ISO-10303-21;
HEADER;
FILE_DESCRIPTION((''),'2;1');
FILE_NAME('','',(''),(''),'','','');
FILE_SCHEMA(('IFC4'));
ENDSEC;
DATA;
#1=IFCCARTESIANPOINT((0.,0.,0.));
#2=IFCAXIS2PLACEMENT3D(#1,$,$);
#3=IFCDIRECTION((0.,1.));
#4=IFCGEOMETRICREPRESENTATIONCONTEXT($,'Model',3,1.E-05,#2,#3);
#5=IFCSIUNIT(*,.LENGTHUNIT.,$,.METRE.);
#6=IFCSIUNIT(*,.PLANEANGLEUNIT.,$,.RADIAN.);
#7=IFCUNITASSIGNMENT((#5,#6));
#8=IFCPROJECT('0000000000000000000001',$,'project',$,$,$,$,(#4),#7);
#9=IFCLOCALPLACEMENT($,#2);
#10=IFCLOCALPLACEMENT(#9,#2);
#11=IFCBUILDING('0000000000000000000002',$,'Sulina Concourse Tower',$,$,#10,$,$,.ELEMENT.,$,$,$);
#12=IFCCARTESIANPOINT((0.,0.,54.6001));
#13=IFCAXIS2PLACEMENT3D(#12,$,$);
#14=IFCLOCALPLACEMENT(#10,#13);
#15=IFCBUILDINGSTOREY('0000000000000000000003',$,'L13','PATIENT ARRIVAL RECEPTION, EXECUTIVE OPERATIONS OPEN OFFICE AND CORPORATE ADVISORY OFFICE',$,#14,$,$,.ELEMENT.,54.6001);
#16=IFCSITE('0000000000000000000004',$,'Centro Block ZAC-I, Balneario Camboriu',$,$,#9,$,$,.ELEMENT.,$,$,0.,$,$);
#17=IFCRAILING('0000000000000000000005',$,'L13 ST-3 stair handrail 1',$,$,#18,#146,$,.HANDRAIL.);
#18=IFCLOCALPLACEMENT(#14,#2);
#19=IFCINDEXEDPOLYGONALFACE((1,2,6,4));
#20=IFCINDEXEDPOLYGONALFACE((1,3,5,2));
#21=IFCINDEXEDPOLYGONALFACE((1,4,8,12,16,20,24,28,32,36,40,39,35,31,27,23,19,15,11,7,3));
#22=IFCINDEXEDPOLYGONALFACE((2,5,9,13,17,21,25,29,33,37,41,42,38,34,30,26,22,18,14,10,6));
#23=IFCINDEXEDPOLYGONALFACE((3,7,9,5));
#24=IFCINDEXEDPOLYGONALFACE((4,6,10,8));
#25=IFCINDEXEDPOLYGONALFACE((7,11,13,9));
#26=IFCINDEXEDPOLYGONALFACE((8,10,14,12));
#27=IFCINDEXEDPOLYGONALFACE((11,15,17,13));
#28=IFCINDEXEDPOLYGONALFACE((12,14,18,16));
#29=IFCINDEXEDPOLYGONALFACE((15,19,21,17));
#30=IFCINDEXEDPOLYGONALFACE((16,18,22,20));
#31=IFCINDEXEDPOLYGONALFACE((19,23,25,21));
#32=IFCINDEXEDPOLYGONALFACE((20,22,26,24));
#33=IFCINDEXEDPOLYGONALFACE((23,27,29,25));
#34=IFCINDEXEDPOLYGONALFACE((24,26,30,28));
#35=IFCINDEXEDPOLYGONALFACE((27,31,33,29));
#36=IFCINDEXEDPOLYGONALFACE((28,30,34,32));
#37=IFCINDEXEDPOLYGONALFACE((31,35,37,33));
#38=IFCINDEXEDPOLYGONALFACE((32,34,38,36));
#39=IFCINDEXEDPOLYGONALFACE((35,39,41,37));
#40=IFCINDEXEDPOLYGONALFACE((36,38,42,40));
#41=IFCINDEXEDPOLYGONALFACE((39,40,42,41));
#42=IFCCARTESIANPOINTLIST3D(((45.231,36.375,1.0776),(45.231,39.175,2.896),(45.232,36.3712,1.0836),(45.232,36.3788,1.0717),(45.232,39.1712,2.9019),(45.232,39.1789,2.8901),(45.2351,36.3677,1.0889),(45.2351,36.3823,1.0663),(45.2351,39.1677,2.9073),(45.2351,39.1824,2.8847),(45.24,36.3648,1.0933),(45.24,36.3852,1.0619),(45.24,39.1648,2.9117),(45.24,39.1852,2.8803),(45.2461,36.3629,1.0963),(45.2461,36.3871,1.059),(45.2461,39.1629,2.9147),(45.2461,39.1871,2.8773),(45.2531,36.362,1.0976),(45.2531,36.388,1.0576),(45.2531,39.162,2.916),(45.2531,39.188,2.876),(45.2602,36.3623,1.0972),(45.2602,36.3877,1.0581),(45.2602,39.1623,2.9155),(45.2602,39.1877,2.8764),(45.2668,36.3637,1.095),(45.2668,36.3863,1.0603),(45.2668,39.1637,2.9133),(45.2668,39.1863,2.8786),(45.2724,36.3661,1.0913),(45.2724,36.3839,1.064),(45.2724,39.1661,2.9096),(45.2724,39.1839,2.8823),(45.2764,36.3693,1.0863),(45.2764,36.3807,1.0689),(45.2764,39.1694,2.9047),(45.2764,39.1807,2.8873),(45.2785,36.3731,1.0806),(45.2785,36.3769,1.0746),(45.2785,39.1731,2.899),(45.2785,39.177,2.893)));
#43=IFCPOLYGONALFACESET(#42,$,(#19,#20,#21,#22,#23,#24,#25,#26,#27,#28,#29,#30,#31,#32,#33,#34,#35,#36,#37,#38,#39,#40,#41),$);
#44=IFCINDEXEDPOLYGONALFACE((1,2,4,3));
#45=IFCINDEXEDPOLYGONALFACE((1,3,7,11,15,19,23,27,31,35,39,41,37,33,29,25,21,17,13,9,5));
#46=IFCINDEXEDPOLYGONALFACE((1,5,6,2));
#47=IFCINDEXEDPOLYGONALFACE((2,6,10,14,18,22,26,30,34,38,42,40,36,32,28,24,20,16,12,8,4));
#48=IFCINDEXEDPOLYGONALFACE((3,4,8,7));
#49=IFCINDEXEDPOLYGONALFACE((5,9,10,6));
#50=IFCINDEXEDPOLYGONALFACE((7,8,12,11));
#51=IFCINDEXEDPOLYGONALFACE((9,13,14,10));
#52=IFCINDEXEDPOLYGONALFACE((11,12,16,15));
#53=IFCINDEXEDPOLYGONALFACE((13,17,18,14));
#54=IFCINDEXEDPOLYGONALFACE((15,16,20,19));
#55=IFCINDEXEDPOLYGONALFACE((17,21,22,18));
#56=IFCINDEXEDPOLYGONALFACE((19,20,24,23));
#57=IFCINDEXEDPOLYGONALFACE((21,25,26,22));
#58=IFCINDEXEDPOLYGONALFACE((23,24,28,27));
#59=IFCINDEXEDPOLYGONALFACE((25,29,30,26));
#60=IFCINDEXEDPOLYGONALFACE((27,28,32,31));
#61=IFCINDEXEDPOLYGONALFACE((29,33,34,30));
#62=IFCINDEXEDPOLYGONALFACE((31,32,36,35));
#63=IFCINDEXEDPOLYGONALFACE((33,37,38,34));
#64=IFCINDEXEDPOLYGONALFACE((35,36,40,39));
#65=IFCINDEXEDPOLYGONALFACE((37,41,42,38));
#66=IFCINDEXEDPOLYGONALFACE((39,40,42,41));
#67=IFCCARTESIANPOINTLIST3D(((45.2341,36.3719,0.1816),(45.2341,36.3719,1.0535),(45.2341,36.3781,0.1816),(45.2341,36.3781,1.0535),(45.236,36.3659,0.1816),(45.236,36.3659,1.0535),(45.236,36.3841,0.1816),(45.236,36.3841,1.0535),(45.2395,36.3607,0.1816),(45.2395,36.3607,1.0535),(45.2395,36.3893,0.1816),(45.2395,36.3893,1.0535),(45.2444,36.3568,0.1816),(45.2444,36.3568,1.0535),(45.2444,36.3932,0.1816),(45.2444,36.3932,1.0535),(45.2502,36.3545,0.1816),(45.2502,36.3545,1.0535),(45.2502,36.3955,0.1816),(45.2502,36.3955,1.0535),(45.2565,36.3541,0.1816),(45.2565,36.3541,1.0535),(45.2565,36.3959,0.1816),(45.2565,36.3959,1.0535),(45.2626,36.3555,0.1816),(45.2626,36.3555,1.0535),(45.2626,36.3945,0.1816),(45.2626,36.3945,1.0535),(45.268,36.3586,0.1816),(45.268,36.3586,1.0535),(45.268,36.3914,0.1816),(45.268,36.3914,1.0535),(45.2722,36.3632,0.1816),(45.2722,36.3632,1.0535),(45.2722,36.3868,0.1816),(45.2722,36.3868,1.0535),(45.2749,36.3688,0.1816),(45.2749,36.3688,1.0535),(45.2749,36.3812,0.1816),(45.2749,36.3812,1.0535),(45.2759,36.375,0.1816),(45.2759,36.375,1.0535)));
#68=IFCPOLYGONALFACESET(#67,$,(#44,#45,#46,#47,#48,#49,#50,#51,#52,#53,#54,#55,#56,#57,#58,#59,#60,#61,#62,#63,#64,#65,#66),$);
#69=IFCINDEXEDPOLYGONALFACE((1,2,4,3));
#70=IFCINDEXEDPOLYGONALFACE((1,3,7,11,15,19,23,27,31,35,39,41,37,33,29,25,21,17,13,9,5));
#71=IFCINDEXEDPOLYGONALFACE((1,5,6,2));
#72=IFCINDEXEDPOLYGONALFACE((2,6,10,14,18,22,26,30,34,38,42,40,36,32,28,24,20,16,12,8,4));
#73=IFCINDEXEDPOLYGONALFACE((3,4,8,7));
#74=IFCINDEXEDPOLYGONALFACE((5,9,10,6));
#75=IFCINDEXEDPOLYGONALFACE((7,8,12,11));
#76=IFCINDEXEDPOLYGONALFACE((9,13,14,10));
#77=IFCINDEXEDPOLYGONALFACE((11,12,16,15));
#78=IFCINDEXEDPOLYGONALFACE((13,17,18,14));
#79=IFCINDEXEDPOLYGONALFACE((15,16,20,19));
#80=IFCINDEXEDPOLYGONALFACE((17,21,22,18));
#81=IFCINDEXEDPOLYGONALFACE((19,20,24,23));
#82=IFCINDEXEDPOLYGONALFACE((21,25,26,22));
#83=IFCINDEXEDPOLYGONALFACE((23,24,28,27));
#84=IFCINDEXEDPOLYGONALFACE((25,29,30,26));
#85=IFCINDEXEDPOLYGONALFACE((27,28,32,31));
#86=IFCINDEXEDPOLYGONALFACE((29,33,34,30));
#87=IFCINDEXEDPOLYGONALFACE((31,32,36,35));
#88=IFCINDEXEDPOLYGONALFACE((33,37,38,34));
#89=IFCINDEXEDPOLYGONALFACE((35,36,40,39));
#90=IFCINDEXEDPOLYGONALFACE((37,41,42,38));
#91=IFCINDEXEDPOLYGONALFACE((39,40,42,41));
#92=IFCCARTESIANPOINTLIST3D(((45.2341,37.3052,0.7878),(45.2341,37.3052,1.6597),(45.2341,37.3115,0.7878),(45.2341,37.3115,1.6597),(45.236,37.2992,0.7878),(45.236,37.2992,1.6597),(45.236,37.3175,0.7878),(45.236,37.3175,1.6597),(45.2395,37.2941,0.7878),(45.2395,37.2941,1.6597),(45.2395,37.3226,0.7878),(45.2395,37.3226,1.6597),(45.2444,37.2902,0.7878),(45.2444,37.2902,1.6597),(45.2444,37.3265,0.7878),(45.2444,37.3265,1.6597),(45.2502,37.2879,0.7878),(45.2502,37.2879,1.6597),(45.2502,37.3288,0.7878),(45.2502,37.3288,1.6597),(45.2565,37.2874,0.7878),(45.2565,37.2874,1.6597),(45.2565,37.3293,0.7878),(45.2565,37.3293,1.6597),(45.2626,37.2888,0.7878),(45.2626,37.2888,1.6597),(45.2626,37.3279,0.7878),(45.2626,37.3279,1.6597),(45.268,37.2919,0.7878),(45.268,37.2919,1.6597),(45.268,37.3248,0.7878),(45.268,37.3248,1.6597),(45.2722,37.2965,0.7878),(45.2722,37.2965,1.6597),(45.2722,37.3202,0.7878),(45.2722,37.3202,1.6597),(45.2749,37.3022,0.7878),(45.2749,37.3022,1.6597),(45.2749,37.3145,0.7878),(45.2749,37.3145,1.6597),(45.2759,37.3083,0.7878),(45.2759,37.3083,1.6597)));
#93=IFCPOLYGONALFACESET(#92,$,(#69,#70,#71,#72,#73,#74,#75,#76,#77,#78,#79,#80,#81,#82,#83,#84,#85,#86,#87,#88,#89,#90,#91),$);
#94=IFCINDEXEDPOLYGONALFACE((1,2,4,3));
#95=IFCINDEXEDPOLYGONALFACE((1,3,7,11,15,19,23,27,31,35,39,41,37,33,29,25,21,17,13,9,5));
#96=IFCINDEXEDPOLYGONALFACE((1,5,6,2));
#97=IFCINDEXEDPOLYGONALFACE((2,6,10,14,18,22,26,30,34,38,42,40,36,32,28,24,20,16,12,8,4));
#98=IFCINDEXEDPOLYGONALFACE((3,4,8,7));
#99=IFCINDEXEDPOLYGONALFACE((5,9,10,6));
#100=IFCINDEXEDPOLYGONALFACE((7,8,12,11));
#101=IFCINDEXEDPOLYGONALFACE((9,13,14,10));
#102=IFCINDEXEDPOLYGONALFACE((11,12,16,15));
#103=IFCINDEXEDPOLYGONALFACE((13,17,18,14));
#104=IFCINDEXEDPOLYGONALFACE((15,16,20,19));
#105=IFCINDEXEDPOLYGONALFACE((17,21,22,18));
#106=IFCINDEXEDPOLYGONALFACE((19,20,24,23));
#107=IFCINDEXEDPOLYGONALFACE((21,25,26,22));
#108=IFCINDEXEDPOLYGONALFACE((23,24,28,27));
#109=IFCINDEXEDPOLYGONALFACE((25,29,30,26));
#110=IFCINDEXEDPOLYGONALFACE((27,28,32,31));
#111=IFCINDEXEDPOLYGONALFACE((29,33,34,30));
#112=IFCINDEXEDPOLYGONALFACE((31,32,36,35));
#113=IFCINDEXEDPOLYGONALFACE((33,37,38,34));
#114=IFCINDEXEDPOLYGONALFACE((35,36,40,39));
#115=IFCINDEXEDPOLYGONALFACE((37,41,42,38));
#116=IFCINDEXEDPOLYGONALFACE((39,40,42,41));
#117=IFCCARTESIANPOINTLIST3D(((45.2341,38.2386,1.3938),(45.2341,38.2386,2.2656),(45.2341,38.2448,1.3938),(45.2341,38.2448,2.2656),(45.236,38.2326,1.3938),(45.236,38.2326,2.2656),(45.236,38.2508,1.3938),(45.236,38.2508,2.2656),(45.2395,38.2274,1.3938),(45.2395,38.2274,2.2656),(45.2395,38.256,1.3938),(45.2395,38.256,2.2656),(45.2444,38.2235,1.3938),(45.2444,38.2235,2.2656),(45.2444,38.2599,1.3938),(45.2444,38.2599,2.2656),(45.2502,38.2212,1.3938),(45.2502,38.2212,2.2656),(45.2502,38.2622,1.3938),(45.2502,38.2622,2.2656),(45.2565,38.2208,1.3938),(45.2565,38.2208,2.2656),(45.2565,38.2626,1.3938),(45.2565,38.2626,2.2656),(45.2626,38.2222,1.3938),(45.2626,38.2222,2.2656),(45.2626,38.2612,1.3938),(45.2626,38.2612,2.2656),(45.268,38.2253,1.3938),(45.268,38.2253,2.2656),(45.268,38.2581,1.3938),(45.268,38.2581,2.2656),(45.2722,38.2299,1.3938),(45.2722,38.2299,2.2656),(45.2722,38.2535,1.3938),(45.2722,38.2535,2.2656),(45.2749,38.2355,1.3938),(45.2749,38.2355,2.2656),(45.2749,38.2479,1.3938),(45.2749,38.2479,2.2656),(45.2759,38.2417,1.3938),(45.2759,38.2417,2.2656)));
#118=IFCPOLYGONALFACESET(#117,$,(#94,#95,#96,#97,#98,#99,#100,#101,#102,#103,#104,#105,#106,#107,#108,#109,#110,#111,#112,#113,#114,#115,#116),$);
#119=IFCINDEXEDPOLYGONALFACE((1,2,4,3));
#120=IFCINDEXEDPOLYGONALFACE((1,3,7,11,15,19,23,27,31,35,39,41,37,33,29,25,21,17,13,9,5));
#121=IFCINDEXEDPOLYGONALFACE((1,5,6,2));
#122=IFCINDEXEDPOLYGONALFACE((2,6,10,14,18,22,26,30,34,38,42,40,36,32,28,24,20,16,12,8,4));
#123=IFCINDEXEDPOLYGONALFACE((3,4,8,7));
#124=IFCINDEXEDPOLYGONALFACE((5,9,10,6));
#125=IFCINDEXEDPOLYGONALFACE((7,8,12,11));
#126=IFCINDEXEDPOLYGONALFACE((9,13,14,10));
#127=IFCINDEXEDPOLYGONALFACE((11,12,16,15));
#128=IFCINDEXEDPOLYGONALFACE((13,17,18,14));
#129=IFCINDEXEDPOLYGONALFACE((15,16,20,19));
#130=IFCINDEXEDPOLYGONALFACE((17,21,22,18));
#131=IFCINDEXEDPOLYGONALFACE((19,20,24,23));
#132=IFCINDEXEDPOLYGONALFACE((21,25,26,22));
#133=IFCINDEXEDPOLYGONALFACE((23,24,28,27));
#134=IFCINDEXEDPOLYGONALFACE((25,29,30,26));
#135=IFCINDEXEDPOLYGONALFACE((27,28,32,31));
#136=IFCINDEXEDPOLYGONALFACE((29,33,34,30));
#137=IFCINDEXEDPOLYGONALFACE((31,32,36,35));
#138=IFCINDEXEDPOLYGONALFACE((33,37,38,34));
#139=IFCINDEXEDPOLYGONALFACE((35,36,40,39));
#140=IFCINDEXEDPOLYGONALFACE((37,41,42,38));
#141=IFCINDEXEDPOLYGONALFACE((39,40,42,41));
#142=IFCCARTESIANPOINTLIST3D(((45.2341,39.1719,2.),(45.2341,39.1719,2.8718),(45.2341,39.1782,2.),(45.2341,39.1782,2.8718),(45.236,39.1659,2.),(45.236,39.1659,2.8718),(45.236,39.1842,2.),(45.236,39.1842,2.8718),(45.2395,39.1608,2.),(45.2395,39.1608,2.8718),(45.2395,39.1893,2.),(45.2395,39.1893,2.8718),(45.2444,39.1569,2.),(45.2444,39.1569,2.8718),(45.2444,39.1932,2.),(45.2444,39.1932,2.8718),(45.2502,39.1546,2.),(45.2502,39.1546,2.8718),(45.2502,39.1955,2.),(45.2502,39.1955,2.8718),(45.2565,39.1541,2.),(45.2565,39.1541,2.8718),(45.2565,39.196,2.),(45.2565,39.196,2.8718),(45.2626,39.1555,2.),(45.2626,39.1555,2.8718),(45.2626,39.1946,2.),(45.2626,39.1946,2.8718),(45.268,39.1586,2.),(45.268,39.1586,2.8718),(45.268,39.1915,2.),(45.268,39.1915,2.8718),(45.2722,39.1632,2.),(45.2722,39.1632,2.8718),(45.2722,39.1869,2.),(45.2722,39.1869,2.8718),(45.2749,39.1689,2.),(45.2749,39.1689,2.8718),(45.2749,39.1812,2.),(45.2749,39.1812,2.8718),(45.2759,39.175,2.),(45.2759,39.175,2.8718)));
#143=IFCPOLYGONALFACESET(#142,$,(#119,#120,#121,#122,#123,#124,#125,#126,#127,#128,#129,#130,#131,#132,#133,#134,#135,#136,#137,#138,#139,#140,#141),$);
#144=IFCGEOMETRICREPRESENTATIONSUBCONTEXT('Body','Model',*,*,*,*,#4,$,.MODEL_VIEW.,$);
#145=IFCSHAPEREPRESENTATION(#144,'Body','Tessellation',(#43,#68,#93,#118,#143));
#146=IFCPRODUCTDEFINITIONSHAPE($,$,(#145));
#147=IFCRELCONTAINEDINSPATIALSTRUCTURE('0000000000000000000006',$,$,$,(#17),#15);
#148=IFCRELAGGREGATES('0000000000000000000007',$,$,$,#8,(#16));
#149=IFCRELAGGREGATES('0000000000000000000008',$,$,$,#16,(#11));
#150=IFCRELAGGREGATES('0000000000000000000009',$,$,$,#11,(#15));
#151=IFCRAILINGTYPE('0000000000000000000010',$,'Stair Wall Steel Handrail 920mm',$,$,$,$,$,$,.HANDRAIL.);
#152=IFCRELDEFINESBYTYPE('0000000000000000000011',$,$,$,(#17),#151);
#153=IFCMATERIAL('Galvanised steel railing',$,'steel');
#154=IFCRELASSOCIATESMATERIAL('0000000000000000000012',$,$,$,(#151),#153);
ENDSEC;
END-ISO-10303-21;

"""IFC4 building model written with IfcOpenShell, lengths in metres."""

from ifc_helpers import new_model, si_unit, direction, frame, origin, origin_2d, place, context, subcontext, project, spatial, circle, extrude, material, type_object, element, save


model = new_model("IFC4")

# Units and contexts
model_context = context("Model", 3, precision=1e-05, world=origin(), true_north=direction((0.0, 1.0)))
body_context = subcontext(model_context, "Body", "Model", "MODEL_VIEW")
ifc_project = project(units=[si_unit("LENGTHUNIT", "METRE"), si_unit("PLANEANGLEUNIT", "RADIAN")], contexts=[model_context])

# Site, building, storey
site_placement = place(None, origin())
site = spatial("IfcSite", under=ifc_project, at=site_placement, Name="Centro Block ZAC-I, Balneario Camboriu", CompositionType="ELEMENT", RefElevation=0.0)
building_placement = place(site_placement, origin())
building = spatial("IfcBuilding", under=site, at=building_placement, Name="Sulina Concourse Tower", CompositionType="ELEMENT")
storey_placement = place(building_placement, frame((0.0, 0.0, 54.6001)))
storey = spatial("IfcBuildingStorey", under=building, at=storey_placement, Name="L13", Description="PATIENT ARRIVAL RECEPTION, EXECUTIVE OPERATIONS OPEN OFFICE AND CORPORATE ADVISORY OFFICE", CompositionType="ELEMENT", Elevation=54.6001)

# Railing
ifc_material_1 = material(Name="Galvanised steel railing", Category="steel")
railing_type_1 = type_object("IfcRailingType", Name="Stair Wall Steel Handrail 920mm", PredefinedType="HANDRAIL", material=ifc_material_1)
railing_1_placement = place(storey_placement, frame((45.2549, 36.375, 0.1816)))
element("IfcRailing", 1, at=railing_1_placement, inside=storey, type_object=railing_type_1, Name="L13 ST-3 stair handrail 1", PredefinedType="HANDRAIL", context=body_context, shape_type="SweptSolid", body=[
    extrude(circle(Radius=0.0239, at=origin_2d()), frame((0.0, 0.0, 0.896), z_axis=(0.0, 0.838672, 0.544636), x_axis=(-1.0, 0.0, 0.0)), (0.0, 0.0, 1.0), 3.3386),
    extrude(circle(Radius=0.021, at=origin_2d()), origin(), (0.0, 0.0, 1.0), 0.8718),
    extrude(circle(Radius=0.021, at=origin_2d()), frame((0.0, 0.9333, 0.6062)), (0.0, 0.0, 1.0), 0.8718),
    extrude(circle(Radius=0.021, at=origin_2d()), frame((0.0, 1.8667, 1.2122)), (0.0, 0.0, 1.0), 0.8718),
    extrude(circle(Radius=0.021, at=origin_2d()), frame((0.0, 2.8, 1.8184)), (0.0, 0.0, 1.0), 0.8718),
])

save(model, "model.ifc")
